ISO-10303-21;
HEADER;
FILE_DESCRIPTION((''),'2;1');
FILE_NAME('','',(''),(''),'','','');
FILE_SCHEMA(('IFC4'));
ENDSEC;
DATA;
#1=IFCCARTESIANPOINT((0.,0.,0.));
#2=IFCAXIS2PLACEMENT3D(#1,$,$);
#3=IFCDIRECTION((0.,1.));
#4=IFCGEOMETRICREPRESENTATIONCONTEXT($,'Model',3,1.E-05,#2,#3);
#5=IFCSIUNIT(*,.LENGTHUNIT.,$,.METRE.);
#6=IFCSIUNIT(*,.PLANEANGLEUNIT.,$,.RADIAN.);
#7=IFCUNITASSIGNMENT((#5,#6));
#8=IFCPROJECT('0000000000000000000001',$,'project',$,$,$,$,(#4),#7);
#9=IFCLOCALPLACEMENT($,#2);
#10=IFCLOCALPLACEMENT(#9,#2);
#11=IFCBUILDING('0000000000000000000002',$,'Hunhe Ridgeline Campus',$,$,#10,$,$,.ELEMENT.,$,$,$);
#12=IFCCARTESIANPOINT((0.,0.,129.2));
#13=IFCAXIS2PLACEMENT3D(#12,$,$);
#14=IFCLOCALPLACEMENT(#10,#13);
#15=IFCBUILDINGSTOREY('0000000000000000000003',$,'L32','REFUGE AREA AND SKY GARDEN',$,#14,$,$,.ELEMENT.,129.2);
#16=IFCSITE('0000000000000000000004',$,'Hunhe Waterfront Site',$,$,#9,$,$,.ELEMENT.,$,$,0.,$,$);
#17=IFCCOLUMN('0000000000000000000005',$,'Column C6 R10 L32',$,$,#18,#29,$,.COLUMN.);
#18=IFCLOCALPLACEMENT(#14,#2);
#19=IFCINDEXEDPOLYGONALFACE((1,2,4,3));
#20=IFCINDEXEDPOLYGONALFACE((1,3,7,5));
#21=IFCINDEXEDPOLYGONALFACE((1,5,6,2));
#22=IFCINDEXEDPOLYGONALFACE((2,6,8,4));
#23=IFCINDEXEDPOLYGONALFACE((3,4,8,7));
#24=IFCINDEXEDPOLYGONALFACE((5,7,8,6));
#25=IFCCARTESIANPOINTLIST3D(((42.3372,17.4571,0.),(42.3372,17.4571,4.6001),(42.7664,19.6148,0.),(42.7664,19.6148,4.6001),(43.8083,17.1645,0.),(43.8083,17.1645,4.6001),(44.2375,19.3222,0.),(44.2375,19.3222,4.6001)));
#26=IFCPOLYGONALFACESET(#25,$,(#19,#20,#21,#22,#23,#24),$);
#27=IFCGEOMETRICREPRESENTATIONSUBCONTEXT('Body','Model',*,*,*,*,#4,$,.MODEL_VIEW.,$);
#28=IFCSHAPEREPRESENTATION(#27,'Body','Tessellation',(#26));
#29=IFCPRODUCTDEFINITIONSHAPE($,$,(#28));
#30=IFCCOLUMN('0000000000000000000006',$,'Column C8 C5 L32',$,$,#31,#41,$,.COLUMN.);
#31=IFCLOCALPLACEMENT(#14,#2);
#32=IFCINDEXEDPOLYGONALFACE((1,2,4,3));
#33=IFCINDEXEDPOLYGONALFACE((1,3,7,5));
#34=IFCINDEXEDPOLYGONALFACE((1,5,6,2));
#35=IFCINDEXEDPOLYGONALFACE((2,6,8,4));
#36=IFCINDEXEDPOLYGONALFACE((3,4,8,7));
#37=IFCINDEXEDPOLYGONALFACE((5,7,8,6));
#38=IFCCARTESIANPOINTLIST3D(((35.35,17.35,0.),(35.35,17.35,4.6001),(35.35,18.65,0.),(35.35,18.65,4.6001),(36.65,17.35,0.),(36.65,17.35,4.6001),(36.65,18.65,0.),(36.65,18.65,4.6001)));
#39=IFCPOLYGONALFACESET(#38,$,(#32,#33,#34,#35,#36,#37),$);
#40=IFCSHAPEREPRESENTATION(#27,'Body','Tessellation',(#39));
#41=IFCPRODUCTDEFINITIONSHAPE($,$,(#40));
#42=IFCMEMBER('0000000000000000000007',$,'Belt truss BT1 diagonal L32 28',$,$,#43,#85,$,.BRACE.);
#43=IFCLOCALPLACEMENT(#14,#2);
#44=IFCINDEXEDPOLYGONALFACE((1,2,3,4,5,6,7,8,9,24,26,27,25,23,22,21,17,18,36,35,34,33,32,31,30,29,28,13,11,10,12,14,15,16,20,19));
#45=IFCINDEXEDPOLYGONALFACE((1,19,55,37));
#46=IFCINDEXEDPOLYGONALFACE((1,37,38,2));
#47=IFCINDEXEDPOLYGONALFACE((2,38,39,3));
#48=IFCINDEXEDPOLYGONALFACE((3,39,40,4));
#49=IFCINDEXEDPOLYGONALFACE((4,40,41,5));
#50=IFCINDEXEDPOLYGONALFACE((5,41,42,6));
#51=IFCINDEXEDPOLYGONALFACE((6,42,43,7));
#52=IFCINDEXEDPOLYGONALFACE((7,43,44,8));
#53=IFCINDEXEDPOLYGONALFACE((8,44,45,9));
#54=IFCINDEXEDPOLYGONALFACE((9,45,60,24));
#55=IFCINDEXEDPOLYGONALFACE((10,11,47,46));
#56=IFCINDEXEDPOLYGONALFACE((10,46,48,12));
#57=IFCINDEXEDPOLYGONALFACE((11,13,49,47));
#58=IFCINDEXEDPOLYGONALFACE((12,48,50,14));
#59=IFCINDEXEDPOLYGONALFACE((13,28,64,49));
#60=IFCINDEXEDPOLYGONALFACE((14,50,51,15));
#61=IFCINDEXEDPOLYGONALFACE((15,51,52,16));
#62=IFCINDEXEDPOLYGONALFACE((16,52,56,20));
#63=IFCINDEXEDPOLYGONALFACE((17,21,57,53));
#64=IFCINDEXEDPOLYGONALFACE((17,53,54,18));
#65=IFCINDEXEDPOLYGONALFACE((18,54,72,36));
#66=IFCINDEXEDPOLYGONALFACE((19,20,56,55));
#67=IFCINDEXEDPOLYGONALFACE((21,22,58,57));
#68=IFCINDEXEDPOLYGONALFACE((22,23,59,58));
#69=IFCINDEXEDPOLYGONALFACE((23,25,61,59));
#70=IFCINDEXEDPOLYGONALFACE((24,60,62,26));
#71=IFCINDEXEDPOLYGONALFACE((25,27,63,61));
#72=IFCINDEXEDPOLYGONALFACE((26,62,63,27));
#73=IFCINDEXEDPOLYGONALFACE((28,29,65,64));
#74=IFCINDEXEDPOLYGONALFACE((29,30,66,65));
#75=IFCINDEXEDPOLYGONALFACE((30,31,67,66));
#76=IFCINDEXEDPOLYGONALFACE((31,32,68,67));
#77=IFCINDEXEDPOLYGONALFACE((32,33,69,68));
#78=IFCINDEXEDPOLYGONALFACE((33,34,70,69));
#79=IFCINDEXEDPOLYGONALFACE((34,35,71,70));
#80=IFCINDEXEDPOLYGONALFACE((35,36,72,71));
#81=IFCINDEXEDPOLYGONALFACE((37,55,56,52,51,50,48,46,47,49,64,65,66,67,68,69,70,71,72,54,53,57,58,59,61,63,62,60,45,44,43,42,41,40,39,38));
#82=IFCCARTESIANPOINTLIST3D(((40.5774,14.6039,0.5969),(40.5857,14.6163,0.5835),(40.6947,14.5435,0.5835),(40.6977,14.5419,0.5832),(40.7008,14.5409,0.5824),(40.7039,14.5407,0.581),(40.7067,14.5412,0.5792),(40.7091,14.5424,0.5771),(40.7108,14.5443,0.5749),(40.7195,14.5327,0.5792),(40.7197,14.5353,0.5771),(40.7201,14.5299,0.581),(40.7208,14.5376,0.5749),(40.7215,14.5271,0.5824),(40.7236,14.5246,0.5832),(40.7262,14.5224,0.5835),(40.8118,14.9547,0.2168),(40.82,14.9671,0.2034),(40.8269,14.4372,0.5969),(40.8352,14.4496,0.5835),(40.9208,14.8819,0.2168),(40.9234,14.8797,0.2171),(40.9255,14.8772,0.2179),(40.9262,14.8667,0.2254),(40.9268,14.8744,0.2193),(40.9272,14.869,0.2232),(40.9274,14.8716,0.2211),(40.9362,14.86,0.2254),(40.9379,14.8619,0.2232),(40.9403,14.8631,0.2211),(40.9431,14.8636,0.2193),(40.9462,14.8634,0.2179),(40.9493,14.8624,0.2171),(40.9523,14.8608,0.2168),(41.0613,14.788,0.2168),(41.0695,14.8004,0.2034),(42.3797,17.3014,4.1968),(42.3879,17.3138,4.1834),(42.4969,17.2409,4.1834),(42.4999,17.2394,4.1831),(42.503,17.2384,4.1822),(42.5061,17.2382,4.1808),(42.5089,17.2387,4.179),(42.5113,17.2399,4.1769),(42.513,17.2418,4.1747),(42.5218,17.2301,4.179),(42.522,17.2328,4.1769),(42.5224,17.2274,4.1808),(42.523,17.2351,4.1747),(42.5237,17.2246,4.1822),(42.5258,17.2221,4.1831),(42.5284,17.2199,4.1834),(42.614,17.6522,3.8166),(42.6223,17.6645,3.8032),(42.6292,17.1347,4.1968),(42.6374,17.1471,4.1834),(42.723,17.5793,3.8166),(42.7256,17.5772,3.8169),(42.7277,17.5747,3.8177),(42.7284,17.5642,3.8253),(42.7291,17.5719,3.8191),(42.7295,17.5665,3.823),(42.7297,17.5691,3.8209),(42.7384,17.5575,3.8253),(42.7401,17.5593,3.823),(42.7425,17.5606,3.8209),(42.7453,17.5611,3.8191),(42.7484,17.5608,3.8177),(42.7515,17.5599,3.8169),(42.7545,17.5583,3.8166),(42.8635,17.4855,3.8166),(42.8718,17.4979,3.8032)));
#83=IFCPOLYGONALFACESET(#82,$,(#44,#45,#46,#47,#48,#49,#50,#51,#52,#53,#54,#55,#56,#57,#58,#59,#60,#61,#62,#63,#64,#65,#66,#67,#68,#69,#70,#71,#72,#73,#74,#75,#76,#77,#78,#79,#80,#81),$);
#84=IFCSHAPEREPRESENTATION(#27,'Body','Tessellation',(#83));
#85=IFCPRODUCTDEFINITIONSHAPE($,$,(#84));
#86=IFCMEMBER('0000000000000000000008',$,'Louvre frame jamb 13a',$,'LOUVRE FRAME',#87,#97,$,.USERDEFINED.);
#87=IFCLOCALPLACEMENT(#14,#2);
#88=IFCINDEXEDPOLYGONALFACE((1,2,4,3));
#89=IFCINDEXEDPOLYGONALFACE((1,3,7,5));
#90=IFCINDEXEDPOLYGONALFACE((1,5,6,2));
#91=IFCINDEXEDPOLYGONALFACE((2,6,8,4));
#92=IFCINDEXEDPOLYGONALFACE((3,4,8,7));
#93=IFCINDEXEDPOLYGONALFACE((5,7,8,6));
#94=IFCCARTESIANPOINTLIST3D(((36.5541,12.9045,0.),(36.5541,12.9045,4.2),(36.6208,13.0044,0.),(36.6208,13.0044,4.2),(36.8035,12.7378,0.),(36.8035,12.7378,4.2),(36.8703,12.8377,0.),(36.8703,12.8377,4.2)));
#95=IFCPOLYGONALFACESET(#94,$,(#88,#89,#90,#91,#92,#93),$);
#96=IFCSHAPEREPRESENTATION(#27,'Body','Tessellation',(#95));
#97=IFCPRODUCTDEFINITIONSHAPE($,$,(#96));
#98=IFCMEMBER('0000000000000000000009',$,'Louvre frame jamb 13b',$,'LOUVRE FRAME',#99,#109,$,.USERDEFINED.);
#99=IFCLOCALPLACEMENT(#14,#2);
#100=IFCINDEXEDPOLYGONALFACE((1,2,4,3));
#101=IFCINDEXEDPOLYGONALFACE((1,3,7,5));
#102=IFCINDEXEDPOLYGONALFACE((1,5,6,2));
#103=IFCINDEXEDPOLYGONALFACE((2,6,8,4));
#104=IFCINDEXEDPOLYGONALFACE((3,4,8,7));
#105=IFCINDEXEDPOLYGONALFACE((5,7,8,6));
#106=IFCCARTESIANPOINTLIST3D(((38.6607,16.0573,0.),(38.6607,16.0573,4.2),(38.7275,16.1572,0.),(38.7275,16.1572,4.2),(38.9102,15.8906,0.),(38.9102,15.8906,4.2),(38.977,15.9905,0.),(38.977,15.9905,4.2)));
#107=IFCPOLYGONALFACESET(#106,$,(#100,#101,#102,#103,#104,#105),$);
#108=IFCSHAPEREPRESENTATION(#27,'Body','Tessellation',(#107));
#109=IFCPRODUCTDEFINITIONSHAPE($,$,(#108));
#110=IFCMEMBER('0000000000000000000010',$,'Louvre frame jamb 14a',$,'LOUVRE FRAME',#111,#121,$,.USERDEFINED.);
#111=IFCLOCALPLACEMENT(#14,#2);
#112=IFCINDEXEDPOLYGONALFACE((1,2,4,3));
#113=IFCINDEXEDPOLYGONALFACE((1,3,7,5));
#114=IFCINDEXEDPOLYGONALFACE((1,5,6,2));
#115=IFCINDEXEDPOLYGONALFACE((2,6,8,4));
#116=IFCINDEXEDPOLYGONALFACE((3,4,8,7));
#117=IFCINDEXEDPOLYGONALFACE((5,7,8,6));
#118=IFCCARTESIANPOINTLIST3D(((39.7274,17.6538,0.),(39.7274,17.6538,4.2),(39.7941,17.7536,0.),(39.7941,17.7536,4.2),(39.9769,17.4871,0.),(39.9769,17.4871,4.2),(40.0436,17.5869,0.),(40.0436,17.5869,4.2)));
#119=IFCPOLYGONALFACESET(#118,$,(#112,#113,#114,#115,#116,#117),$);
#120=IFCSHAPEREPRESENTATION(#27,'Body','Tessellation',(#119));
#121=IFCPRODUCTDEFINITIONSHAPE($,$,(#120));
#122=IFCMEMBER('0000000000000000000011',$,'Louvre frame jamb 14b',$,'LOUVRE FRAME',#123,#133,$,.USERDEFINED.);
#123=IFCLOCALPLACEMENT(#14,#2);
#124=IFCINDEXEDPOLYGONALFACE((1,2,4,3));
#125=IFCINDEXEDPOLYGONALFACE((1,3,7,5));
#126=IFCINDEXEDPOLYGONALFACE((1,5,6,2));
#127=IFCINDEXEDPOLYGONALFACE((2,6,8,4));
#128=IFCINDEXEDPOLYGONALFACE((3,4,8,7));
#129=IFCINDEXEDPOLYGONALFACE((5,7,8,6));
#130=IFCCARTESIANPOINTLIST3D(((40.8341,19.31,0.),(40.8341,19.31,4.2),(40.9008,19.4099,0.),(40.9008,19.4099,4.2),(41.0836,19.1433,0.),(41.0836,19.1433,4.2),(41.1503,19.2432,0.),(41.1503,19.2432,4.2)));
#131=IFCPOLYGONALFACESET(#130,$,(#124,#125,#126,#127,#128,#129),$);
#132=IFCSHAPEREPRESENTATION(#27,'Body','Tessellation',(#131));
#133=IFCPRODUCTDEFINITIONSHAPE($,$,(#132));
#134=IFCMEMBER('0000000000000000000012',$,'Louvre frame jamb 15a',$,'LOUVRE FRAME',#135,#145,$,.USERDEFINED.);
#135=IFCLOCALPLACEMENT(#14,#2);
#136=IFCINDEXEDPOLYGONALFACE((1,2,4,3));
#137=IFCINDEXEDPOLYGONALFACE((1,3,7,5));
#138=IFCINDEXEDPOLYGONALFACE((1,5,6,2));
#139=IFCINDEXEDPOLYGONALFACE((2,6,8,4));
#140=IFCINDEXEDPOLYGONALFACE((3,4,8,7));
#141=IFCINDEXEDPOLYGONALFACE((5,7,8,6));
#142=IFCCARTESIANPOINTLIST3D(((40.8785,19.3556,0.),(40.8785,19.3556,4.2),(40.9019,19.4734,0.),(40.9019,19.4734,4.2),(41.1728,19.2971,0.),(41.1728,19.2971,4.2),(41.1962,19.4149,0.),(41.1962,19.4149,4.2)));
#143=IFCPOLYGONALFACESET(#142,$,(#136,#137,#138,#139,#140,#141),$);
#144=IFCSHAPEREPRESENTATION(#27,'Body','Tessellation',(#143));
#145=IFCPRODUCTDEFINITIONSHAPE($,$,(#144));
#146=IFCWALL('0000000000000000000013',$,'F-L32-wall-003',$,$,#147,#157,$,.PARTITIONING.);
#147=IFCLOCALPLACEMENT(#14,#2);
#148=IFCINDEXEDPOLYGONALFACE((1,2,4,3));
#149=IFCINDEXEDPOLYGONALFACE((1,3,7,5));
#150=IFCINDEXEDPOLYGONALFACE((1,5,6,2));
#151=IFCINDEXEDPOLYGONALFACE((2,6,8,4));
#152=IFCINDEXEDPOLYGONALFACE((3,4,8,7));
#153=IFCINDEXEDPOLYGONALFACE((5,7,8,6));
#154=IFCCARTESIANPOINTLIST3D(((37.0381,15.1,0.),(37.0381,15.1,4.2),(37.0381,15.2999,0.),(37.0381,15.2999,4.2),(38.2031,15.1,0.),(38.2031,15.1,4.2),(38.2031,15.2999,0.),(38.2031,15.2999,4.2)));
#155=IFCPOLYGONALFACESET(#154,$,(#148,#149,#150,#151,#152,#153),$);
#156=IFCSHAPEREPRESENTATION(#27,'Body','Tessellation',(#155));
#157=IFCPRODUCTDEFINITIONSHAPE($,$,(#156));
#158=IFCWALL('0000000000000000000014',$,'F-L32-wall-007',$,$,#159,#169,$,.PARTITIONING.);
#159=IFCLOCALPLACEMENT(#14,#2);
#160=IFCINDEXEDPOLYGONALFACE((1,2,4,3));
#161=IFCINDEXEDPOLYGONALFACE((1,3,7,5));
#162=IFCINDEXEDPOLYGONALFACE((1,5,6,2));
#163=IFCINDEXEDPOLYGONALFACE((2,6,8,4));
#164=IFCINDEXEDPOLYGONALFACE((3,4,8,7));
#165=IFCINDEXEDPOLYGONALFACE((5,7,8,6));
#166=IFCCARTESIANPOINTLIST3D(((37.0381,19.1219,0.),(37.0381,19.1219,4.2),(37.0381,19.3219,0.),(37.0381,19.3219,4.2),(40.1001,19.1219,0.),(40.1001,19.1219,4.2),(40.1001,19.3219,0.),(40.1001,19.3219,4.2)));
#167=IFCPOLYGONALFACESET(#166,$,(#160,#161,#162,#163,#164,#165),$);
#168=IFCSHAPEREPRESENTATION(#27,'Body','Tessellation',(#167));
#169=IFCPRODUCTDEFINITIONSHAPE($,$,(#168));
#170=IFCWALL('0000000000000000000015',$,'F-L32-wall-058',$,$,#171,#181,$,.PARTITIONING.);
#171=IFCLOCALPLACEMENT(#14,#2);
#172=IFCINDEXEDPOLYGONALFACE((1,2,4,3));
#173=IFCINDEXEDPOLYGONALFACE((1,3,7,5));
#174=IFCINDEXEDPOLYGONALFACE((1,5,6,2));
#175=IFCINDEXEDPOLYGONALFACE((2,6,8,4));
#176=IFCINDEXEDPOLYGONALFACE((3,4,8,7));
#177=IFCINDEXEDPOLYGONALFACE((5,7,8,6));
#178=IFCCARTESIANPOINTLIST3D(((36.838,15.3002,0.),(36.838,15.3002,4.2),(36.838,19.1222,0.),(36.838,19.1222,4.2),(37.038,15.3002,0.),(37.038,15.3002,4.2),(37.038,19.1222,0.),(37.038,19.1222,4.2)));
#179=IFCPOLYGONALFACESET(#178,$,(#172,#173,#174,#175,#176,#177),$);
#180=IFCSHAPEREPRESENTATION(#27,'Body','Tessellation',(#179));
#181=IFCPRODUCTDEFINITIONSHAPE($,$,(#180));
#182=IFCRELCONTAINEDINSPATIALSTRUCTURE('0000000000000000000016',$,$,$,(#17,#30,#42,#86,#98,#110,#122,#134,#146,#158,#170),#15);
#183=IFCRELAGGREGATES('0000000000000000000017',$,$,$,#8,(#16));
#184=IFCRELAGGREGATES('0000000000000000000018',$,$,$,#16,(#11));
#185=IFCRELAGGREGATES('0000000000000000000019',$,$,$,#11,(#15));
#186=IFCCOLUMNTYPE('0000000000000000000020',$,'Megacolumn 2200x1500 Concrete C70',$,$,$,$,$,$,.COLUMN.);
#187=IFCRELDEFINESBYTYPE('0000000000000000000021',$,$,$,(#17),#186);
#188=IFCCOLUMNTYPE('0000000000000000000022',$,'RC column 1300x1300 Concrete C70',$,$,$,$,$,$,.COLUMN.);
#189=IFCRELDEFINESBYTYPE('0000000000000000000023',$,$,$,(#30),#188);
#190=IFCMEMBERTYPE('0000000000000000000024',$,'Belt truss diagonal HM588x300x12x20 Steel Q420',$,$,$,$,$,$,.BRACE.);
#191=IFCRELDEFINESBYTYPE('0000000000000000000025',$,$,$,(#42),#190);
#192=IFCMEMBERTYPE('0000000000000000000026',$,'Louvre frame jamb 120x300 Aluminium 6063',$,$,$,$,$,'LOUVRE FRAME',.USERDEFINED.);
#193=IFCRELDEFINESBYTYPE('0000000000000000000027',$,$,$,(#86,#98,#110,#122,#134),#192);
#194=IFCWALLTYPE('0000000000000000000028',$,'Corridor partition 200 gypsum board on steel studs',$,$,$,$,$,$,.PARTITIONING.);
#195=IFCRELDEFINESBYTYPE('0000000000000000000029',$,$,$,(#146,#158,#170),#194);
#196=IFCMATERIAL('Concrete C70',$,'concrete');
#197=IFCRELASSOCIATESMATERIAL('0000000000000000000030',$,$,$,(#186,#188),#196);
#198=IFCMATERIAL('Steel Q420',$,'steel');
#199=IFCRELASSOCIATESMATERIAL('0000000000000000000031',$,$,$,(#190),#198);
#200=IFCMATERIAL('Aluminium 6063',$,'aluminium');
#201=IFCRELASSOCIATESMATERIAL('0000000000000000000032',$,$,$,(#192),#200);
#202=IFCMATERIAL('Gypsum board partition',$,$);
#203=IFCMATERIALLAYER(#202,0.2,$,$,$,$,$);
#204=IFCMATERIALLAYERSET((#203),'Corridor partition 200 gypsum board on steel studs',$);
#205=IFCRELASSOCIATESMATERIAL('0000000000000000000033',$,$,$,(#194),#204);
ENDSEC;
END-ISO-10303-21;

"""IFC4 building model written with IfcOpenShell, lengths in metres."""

from ifc_helpers import new_model, si_unit, direction, frame, frame_2d, origin, origin_2d, place, context, subcontext, project, spatial, rectangle, i_section, extrude, material, layer, layer_set, material_profile, profile_set, type_object, element, save


model = new_model("IFC4")

# Units and contexts
model_context = context("Model", 3, precision=1e-05, world=origin(), true_north=direction((0.0, 1.0)))
body_context = subcontext(model_context, "Body", "Model", "MODEL_VIEW")
ifc_project = project(units=[si_unit("LENGTHUNIT", "METRE"), si_unit("PLANEANGLEUNIT", "RADIAN")], contexts=[model_context])

# Site, building, storey
site_placement = place(None, origin())
site = spatial("IfcSite", under=ifc_project, at=site_placement, Name="Hunhe Waterfront Site", CompositionType="ELEMENT", RefElevation=0.0)
building_placement = place(site_placement, origin())
building = spatial("IfcBuilding", under=site, at=building_placement, Name="Hunhe Ridgeline Campus", CompositionType="ELEMENT")
storey_placement = place(building_placement, frame((0.0, 0.0, 129.2)))
storey = spatial("IfcBuildingStorey", under=building, at=storey_placement, Name="L32", Description="REFUGE AREA AND SKY GARDEN", CompositionType="ELEMENT", Elevation=129.2)

# Columns
ifc_material_1 = material(Name="Concrete C70", Category="concrete")
ifc_material_profile_1 = material_profile(ifc_material_1, rectangle(XDim=2.2, YDim=1.5, at=origin_2d()))
ifc_profile_set_1 = profile_set([ifc_material_profile_1], Name="Concrete C70")
column_type_1 = type_object("IfcColumnType", Name="Megacolumn 2200x1500 Concrete C70", PredefinedType="COLUMN", material=ifc_profile_set_1)
column_1_placement = place(storey_placement, frame((43.2874, 18.3896, 0.0), z_axis=(0.0, 0.0, 1.0), x_axis=(0.19509, 0.980785, 0.0)))
element("IfcColumn", 1, at=column_1_placement, inside=storey, type_object=column_type_1, Name="Column C6 R10 L32", PredefinedType="COLUMN", context=body_context, shape_type="SweptSolid", body=[
    extrude(rectangle(XDim=2.2, YDim=1.5, at=origin_2d()), origin(), (0.0, 0.0, 1.0), 4.6001),
])
ifc_material_profile_2 = material_profile(ifc_material_1, rectangle(XDim=1.3, YDim=1.3, at=origin_2d()))
ifc_profile_set_2 = profile_set([ifc_material_profile_2], Name="Concrete C70")
column_type_2 = type_object("IfcColumnType", Name="RC column 1300x1300 Concrete C70", PredefinedType="COLUMN", material=ifc_profile_set_2)
column_2_placement = place(storey_placement, frame((36.0, 18.0, 0.0), z_axis=(0.0, 0.0, 1.0), x_axis=(1.0, 0.0, 0.0)))
element("IfcColumn", 2, at=column_2_placement, inside=storey, type_object=column_type_2, Name="Column C8 C5 L32", PredefinedType="COLUMN", context=body_context, shape_type="SweptSolid", body=[
    extrude(rectangle(XDim=1.3, YDim=1.3, at=origin_2d()), origin(), (0.0, 0.0, 1.0), 4.6001),
])

# Members
ifc_material_2 = material(Name="Steel Q420", Category="steel")
ifc_material_profile_3 = material_profile(ifc_material_2, i_section(OverallWidth=0.3, OverallDepth=0.5879, WebThickness=0.012, FlangeThickness=0.02, FilletRadius=0.0129, at=origin_2d()))
ifc_profile_set_3 = profile_set([ifc_material_profile_3], Name="Steel Q420")
member_type_1 = type_object("IfcMemberType", Name="Belt truss diagonal HM588x300x12x20 Steel Q420", PredefinedType="BRACE", material=ifc_profile_set_3)
member_placement = place(storey_placement, frame((40.8235, 14.7021, 0.4001), z_axis=(0.371905, 0.556648, 0.742852), x_axis=(-0.831494, 0.555534, 0.0)))
element("IfcMember", 3, at=member_placement, inside=storey, type_object=member_type_1, Name="Belt truss BT1 diagonal L32 28", PredefinedType="BRACE", context=body_context, shape_type="SweptSolid", body=[
    extrude(i_section(OverallWidth=0.3, OverallDepth=0.5879, WebThickness=0.012, FlangeThickness=0.02, FilletRadius=0.0129, at=origin_2d()), origin(), (0.0, 0.0, 1.0), 4.8459),
])
ifc_material_3 = material(Name="Aluminium 6063", Category="aluminium")
ifc_material_profile_4 = material_profile(ifc_material_3, rectangle(XDim=0.3, YDim=0.1201, at=origin_2d()))
ifc_profile_set_4 = profile_set([ifc_material_profile_4], Name="Aluminium 6063")
member_type_2 = type_object("IfcMemberType", Name="Louvre frame jamb 120x300 Aluminium 6063", ElementType="LOUVRE FRAME", PredefinedType="USERDEFINED", material=ifc_profile_set_4)
for number, where, z_axis, x_axis, name in (
    (4, (36.7122, 12.8711, 0.0), (0.0, 0.0, 1.0), (-0.83147, 0.55557, 0.0), "Louvre frame jamb 13a"),
    (5, (38.8188, 16.0239, 0.0), (0.0, 0.0, 1.0), (-0.83147, 0.55557, 0.0), "Louvre frame jamb 13b"),
    (6, (39.8855, 17.6204, 0.0), (0.0, 0.0, 1.0), (-0.83147, 0.55557, 0.0), "Louvre frame jamb 14a"),
    (7, (40.9922, 19.2766, 0.0), (0.0, 0.0, 1.0), (-0.83147, 0.55557, 0.0), "Louvre frame jamb 14b"),
    (8, (41.0374, 19.3853, 0.0), (0.0, 0.0, 1.0), (-0.980785, 0.19509, 0.0), "Louvre frame jamb 15a"),
):
    element("IfcMember", number, at=place(storey_placement, frame(where, z_axis=z_axis, x_axis=x_axis)), inside=storey, type_object=member_type_2, Name=name, ObjectType="LOUVRE FRAME", PredefinedType="USERDEFINED", context=body_context, shape_type="SweptSolid", body=[
        extrude(rectangle(XDim=0.3, YDim=0.1201, at=origin_2d()), origin(), (0.0, 0.0, 1.0), 4.2),
    ])

# Walls
ifc_material_4 = material(Name="Gypsum board partition")
ifc_layer_1 = layer(ifc_material_4, 0.2)
ifc_layer_set_1 = layer_set([ifc_layer_1], Name="Corridor partition 200 gypsum board on steel studs")
wall_type_1 = type_object("IfcWallType", Name="Corridor partition 200 gypsum board on steel studs", PredefinedType="PARTITIONING", material=ifc_layer_set_1)
wall_1_placement = place(storey_placement, frame((38.2031, 15.2, 0.0), z_axis=(0.0, 0.0, 1.0), x_axis=(-1.0, 0.0, 0.0)))
element("IfcWall", 9, at=wall_1_placement, inside=storey, type_object=wall_type_1, Name="F-L32-wall-003", PredefinedType="PARTITIONING", context=body_context, shape_type="SweptSolid", body=[
    extrude(rectangle(XDim=1.165, YDim=0.2, at=frame_2d((0.5825, 0.0))), origin(), (0.0, 0.0, 1.0), 4.2),
])
wall_2_placement = place(storey_placement, frame((37.0381, 19.2219, 0.0), z_axis=(0.0, 0.0, 1.0), x_axis=(1.0, 0.0, 0.0)))
element("IfcWall", 10, at=wall_2_placement, inside=storey, type_object=wall_type_1, Name="F-L32-wall-007", PredefinedType="PARTITIONING", context=body_context, shape_type="SweptSolid", body=[
    extrude(rectangle(XDim=3.062, YDim=0.2, at=frame_2d((1.531, 0.0))), origin(), (0.0, 0.0, 1.0), 4.2),
])
wall_3_placement = place(storey_placement, frame((36.938, 15.3, 0.0), z_axis=(0.0, 0.0, 1.0), x_axis=(0.0, 1.0, 0.0)))
element("IfcWall", 11, at=wall_3_placement, inside=storey, type_object=wall_type_1, Name="F-L32-wall-058", PredefinedType="PARTITIONING", context=body_context, shape_type="SweptSolid", body=[
    extrude(rectangle(XDim=3.822, YDim=0.2, at=frame_2d((1.9111, 0.0))), origin(), (0.0, 0.0, 1.0), 4.2),
])

save(model, "model.ifc")
